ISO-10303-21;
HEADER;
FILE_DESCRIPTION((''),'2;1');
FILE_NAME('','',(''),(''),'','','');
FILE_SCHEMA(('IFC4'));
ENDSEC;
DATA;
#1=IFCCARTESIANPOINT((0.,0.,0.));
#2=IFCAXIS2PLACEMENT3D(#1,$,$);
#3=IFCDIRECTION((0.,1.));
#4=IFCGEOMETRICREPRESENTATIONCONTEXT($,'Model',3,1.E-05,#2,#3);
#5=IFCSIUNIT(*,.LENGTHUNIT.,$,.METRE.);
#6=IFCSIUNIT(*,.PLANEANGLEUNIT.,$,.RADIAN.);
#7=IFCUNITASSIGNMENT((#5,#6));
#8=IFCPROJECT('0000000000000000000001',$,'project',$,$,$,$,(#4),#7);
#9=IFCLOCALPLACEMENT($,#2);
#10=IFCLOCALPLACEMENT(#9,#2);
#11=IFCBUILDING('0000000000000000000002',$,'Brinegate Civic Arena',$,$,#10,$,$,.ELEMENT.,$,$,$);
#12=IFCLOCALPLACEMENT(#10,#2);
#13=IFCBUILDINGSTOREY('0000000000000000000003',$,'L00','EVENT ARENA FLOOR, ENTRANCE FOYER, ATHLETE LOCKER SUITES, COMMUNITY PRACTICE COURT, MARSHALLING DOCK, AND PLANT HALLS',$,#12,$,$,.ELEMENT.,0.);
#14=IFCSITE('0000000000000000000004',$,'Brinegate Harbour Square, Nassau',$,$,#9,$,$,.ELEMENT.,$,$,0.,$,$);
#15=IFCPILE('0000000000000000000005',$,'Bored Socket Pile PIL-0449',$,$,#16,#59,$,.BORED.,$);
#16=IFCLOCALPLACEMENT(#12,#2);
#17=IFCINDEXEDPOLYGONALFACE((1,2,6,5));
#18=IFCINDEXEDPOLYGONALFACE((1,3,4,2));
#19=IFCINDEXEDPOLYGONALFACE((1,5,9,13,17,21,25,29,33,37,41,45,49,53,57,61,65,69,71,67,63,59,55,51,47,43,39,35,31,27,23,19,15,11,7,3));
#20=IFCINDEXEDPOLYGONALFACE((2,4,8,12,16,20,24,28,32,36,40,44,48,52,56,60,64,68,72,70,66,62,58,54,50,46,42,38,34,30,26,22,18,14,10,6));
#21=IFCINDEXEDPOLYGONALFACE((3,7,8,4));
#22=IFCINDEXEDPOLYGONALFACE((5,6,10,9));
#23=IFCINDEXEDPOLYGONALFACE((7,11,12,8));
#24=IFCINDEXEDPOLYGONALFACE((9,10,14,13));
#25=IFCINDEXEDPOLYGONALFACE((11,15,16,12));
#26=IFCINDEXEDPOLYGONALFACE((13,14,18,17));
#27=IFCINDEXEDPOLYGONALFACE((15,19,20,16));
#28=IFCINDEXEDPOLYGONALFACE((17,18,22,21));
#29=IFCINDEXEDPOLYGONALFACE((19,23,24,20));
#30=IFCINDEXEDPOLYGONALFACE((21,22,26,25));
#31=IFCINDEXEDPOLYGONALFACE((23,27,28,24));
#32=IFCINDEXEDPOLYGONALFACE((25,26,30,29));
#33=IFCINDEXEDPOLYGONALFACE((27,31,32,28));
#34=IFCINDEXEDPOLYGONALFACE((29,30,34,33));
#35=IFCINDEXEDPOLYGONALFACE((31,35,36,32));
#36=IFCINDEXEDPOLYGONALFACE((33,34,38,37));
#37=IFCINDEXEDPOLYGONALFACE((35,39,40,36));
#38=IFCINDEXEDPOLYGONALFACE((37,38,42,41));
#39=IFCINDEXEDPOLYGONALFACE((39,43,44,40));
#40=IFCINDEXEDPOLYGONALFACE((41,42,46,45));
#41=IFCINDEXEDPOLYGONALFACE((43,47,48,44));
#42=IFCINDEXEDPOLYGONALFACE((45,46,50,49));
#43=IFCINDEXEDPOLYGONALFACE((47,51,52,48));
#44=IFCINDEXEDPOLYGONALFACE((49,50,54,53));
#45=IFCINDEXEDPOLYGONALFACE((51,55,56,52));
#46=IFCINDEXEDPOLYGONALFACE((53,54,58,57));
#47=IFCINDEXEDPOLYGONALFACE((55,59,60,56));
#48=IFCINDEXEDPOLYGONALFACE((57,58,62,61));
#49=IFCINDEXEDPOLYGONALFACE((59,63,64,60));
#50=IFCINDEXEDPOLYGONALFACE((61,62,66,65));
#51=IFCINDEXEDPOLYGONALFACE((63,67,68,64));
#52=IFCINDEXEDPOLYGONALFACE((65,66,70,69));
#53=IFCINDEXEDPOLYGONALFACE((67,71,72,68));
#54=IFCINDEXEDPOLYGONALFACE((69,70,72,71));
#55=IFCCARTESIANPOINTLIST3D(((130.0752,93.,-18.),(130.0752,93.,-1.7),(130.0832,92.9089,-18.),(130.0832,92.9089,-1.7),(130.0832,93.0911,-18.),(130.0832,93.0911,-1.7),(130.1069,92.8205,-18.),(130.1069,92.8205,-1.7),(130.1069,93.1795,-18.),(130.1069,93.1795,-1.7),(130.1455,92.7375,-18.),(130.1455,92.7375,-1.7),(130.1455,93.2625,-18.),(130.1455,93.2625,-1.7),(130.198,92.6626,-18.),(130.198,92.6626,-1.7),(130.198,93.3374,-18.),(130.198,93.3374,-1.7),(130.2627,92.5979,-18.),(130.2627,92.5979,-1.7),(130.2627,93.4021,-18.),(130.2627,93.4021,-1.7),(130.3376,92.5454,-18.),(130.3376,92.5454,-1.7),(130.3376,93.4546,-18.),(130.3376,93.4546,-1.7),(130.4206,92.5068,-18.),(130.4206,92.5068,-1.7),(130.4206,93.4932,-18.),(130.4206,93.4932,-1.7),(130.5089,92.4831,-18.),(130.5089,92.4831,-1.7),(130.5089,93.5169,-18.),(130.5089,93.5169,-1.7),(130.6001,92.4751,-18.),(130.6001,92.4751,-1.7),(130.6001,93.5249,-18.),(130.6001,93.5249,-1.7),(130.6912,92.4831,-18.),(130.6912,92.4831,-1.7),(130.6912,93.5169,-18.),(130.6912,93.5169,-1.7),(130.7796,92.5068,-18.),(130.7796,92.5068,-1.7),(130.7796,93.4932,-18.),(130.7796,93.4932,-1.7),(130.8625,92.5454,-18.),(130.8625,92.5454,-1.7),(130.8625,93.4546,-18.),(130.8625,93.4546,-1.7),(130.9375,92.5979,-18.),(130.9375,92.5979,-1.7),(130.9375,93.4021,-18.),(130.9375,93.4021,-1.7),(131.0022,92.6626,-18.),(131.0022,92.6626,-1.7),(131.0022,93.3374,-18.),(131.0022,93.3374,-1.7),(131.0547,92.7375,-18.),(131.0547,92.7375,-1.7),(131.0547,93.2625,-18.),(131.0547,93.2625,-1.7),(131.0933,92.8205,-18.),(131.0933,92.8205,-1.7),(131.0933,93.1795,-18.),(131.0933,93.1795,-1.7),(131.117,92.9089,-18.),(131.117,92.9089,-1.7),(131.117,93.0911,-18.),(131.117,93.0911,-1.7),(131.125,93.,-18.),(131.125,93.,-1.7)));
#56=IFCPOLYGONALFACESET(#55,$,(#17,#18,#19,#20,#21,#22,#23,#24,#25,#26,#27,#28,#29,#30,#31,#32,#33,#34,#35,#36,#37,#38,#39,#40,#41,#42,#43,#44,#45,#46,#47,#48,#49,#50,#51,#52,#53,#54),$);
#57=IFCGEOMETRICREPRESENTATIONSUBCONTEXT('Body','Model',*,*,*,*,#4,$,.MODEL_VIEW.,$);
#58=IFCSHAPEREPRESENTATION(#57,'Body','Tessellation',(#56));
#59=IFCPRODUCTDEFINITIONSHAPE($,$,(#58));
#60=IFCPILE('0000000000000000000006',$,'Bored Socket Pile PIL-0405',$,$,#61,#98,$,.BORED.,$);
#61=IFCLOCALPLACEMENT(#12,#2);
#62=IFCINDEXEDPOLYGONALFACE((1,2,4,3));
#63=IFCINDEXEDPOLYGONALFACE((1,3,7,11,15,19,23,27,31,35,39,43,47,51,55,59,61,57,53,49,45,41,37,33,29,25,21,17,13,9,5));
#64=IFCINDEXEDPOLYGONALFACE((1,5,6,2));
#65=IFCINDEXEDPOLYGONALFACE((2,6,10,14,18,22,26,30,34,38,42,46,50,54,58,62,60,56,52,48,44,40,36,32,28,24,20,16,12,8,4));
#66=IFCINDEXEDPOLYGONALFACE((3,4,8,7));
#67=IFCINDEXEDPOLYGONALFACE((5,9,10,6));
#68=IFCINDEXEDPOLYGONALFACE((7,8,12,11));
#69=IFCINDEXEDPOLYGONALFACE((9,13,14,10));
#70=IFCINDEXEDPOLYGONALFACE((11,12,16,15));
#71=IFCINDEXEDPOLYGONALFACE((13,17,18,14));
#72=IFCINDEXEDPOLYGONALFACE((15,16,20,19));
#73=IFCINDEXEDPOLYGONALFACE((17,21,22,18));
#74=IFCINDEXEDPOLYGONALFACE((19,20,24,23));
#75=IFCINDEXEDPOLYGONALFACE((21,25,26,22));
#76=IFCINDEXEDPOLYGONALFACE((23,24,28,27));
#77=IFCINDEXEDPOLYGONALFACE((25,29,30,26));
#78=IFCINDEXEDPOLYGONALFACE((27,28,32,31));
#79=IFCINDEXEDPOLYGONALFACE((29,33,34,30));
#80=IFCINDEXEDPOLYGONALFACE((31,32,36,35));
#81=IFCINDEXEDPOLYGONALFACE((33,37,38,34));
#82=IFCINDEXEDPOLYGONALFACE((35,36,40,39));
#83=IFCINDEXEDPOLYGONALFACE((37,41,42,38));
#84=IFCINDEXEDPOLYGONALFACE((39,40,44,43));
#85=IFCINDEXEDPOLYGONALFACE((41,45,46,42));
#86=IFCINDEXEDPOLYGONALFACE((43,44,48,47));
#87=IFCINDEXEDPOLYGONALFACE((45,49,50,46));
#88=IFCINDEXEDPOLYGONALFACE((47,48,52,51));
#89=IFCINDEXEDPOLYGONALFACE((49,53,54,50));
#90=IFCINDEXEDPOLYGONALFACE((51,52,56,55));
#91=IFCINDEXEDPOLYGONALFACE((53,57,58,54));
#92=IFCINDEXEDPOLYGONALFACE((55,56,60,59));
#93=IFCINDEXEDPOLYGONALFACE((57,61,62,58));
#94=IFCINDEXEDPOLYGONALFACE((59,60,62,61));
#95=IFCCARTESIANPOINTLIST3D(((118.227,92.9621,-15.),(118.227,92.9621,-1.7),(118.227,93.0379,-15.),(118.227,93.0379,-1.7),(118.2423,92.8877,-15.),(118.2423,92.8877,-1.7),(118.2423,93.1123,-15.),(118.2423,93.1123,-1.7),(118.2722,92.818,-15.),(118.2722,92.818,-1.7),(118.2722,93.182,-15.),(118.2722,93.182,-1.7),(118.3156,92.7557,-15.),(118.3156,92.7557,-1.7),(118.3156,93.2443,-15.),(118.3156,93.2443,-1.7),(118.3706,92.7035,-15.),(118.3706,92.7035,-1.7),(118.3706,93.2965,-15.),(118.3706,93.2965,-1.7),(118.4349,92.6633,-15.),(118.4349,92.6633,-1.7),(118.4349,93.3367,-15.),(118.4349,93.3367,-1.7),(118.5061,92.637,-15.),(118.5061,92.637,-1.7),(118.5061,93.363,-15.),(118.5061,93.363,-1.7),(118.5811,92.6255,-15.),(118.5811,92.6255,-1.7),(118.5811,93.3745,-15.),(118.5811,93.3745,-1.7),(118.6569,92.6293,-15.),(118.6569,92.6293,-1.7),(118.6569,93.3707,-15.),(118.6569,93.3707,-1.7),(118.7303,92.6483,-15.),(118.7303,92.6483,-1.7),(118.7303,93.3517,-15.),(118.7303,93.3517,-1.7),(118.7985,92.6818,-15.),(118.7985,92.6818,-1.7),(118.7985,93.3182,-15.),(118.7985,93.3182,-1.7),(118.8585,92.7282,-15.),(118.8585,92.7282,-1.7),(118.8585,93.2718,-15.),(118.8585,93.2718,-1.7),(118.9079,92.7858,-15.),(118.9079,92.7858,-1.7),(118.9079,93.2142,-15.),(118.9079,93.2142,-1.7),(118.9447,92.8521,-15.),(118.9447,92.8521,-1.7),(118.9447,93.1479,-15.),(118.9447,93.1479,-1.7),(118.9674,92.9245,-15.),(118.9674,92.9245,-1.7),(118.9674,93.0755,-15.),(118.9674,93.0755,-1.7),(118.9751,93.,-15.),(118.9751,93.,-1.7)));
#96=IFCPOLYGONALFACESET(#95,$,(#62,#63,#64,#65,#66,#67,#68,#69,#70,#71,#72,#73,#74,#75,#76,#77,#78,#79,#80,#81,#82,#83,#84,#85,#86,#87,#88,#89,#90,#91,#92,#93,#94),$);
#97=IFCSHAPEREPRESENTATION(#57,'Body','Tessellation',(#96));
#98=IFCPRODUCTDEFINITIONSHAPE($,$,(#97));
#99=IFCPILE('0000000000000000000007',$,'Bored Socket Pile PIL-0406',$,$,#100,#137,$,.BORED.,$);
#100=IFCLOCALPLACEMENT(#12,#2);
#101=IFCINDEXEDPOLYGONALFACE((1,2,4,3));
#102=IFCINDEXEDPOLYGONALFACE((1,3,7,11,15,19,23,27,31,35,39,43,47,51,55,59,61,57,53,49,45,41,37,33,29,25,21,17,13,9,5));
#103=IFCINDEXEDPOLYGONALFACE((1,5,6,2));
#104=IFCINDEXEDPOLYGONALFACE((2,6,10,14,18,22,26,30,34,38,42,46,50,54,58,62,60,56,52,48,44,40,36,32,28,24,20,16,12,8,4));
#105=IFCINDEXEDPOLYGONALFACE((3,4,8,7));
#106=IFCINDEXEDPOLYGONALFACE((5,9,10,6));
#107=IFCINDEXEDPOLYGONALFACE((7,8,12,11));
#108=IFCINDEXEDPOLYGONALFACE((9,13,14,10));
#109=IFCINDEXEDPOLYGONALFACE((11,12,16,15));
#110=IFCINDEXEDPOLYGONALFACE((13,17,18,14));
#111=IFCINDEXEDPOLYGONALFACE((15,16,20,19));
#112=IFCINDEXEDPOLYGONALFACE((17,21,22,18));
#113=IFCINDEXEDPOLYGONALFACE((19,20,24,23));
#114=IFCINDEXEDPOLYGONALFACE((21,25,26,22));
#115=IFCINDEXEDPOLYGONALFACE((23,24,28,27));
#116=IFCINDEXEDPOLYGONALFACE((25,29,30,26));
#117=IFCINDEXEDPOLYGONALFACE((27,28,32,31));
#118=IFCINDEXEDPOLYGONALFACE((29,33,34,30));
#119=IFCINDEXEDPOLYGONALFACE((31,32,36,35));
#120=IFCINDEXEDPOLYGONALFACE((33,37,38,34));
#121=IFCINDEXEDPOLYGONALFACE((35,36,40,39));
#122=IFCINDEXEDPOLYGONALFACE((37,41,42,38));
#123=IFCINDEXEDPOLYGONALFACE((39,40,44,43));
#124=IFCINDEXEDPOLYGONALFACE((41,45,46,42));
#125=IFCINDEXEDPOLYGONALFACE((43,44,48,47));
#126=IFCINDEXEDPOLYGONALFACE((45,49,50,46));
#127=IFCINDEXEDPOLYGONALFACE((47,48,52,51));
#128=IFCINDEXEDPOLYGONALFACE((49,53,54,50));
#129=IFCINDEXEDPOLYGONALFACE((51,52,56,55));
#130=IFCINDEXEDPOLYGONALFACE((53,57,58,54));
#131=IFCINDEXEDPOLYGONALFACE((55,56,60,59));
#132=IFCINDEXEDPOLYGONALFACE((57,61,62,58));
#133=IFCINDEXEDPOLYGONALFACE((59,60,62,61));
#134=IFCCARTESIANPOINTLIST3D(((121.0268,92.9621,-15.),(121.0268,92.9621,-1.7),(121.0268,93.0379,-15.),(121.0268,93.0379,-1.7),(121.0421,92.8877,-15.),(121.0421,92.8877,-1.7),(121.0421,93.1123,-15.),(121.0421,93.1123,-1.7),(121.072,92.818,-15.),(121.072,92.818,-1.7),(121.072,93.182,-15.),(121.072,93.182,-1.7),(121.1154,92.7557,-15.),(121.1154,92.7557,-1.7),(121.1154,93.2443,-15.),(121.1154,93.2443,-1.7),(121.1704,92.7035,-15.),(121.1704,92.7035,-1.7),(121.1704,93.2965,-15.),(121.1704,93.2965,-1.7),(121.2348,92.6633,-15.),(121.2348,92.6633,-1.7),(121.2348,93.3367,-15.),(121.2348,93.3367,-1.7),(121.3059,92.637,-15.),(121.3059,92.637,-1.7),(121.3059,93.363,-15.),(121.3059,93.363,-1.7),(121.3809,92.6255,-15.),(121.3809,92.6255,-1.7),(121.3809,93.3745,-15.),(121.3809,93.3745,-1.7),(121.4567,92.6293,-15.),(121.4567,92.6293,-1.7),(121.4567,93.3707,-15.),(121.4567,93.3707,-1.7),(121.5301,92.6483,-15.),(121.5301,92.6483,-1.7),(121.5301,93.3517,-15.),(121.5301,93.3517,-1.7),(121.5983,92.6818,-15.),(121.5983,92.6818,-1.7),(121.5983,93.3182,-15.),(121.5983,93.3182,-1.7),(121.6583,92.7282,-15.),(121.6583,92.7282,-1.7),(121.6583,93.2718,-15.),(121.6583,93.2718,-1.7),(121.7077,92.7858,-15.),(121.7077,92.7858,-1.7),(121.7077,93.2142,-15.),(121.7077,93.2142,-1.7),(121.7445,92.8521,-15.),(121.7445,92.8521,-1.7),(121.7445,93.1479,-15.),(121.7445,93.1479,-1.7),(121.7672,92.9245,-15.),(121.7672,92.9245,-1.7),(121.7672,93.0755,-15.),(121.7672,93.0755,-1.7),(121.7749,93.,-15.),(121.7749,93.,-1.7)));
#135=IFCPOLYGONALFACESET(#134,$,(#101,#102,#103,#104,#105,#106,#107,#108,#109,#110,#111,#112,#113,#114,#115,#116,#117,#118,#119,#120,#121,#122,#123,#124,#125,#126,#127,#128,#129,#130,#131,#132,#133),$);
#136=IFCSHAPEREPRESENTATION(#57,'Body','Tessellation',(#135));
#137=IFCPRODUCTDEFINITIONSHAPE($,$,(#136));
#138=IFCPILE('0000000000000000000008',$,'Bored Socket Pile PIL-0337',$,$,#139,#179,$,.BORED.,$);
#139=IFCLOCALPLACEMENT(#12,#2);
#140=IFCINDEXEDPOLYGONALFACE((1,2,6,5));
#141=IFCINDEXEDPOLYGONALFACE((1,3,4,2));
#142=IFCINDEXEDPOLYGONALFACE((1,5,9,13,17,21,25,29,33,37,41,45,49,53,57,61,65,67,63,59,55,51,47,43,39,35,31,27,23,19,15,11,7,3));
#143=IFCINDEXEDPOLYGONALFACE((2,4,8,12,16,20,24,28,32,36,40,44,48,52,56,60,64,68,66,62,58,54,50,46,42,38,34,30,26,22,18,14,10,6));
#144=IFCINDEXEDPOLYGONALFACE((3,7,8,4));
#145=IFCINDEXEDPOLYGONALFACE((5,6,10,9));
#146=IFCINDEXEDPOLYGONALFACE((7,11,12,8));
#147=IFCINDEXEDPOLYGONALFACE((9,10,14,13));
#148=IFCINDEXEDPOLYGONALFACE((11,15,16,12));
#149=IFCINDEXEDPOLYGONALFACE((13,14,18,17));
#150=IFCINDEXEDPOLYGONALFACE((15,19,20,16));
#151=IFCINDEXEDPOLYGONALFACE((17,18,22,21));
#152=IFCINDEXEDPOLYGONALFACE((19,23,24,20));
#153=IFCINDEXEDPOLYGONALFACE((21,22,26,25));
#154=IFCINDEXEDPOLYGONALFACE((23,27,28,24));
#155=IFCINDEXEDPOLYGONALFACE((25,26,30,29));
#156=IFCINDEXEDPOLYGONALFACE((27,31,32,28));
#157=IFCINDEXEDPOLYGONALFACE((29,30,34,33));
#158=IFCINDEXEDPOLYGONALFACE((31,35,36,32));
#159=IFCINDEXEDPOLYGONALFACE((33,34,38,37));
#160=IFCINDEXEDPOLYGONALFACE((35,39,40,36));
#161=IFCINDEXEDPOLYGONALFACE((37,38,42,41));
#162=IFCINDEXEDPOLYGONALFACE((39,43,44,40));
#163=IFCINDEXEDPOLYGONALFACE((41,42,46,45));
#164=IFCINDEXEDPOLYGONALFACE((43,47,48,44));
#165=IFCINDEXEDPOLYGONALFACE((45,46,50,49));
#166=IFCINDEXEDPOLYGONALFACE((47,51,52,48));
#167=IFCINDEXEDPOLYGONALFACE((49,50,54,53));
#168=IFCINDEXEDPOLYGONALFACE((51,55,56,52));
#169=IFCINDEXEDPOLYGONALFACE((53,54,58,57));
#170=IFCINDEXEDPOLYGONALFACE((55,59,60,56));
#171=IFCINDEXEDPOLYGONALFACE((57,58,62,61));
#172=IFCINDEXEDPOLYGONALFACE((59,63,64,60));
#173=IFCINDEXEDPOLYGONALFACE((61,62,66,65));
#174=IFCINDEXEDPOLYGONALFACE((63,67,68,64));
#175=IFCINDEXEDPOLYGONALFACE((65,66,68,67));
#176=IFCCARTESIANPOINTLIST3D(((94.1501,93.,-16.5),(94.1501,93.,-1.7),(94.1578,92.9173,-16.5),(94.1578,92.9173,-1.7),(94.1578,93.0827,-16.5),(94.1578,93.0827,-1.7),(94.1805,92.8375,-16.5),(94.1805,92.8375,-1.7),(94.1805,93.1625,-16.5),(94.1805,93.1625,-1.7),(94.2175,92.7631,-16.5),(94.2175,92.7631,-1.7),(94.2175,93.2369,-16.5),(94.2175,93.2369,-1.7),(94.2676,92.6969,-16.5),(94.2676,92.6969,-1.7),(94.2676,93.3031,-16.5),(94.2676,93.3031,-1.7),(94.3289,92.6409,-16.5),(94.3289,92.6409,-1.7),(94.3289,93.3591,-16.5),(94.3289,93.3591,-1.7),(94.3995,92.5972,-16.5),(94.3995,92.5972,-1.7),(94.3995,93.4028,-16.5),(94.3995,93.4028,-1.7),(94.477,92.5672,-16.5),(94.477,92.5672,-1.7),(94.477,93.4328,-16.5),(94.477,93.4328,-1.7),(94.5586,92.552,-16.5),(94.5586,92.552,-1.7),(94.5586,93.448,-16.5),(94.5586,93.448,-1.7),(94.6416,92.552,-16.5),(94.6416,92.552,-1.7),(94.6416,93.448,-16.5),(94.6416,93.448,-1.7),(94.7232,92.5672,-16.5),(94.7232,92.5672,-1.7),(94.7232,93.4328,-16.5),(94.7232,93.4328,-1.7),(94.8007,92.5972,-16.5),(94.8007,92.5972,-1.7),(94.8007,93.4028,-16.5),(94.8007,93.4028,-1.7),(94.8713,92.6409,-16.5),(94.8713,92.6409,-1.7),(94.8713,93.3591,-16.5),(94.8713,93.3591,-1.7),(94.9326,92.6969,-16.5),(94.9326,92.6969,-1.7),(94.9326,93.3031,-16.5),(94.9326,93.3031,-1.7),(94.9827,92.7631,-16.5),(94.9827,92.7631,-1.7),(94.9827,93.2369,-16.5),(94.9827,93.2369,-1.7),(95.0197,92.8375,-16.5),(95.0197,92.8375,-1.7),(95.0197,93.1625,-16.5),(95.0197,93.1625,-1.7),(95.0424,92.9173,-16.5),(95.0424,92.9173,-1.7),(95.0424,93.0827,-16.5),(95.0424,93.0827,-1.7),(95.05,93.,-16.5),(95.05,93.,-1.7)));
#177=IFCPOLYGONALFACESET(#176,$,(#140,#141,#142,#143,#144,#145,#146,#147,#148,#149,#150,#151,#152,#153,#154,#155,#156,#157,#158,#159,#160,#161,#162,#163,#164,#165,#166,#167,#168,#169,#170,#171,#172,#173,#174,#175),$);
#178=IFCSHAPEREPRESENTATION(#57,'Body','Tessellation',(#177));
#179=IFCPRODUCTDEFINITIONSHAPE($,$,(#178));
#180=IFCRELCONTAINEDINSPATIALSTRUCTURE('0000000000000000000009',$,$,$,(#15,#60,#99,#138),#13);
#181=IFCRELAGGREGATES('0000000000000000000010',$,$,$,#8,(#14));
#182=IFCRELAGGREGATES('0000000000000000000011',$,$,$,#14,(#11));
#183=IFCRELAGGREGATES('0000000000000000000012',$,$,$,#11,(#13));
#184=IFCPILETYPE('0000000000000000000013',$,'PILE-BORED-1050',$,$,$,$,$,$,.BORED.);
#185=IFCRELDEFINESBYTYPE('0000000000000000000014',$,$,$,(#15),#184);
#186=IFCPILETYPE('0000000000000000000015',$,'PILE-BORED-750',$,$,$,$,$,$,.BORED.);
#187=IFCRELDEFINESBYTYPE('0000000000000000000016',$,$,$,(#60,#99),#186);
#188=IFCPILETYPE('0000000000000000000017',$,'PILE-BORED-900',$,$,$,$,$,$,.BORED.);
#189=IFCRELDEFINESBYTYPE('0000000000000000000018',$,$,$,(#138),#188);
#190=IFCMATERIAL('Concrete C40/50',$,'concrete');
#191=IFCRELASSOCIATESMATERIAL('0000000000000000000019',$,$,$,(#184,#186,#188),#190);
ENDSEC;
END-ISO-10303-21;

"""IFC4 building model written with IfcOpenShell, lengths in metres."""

from ifc_helpers import new_model, si_unit, direction, frame, origin, origin_2d, place, context, subcontext, project, spatial, circle, extrude, material, material_profile, profile_set, type_object, element, save


model = new_model("IFC4")

# Units and contexts
model_context = context("Model", 3, precision=1e-05, world=origin(), true_north=direction((0.0, 1.0)))
body_context = subcontext(model_context, "Body", "Model", "MODEL_VIEW")
ifc_project = project(units=[si_unit("LENGTHUNIT", "METRE"), si_unit("PLANEANGLEUNIT", "RADIAN")], contexts=[model_context])

# Site, building, storey
site_placement = place(None, origin())
site = spatial("IfcSite", under=ifc_project, at=site_placement, Name="Brinegate Harbour Square, Nassau", CompositionType="ELEMENT", RefElevation=0.0)
building_placement = place(site_placement, origin())
building = spatial("IfcBuilding", under=site, at=building_placement, Name="Brinegate Civic Arena", CompositionType="ELEMENT")
storey_placement = place(building_placement, origin())
storey = spatial("IfcBuildingStorey", under=building, at=storey_placement, Name="L00", Description="EVENT ARENA FLOOR, ENTRANCE FOYER, ATHLETE LOCKER SUITES, COMMUNITY PRACTICE COURT, MARSHALLING DOCK, AND PLANT HALLS", CompositionType="ELEMENT", Elevation=0.0)

# Shared definitions
ifc_material_1 = material(Name="Concrete C40/50", Category="concrete")

# Piles
ifc_material_profile_1 = material_profile(ifc_material_1, circle(Radius=0.5249, at=origin_2d()), Name="PILED1050")
ifc_profile_set_1 = profile_set([ifc_material_profile_1], Name="Concrete C40/50")
pile_type_1 = type_object("IfcPileType", Name="PILE-BORED-1050", PredefinedType="BORED", material=ifc_profile_set_1)
for number, where, z_axis, x_axis, name in (
    (1, (130.6001, 93.0, -1.7), (0.0, 0.0, -1.0), (1.0, 0.0, 0.0), "Bored Socket Pile PIL-0449"),
):
    element("IfcPile", number, at=place(storey_placement, frame(where, z_axis=z_axis, x_axis=x_axis)), inside=storey, type_object=pile_type_1, Name=name, PredefinedType="BORED", context=body_context, shape_type="SweptSolid", body=[
        extrude(circle(Radius=0.5249, at=origin_2d()), origin(), (0.0, 0.0, 1.0), 16.3),
    ])
ifc_material_profile_2 = material_profile(ifc_material_1, circle(Radius=0.375, at=origin_2d()), Name="PILED750")
ifc_profile_set_2 = profile_set([ifc_material_profile_2], Name="Concrete C40/50")
pile_type_2 = type_object("IfcPileType", Name="PILE-BORED-750", PredefinedType="BORED", material=ifc_profile_set_2)
for number, where, z_axis, x_axis, name in (
    (2, (118.6001, 93.0, -1.7), (0.0, 0.0, -1.0), (1.0, 0.0, 0.0), "Bored Socket Pile PIL-0405"),
    (3, (121.3999, 93.0, -1.7), (0.0, 0.0, -1.0), (1.0, 0.0, 0.0), "Bored Socket Pile PIL-0406"),
):
    element("IfcPile", number, at=place(storey_placement, frame(where, z_axis=z_axis, x_axis=x_axis)), inside=storey, type_object=pile_type_2, Name=name, PredefinedType="BORED", context=body_context, shape_type="SweptSolid", body=[
        extrude(circle(Radius=0.375, at=origin_2d()), origin(), (0.0, 0.0, 1.0), 13.3),
    ])
ifc_material_profile_3 = material_profile(ifc_material_1, circle(Radius=0.45, at=origin_2d()), Name="PILED900")
ifc_profile_set_3 = profile_set([ifc_material_profile_3], Name="Concrete C40/50")
pile_type_3 = type_object("IfcPileType", Name="PILE-BORED-900", PredefinedType="BORED", material=ifc_profile_set_3)
for number, where, z_axis, x_axis, name in (
    (4, (94.6001, 93.0, -1.7), (0.0, 0.0, -1.0), (1.0, 0.0, 0.0), "Bored Socket Pile PIL-0337"),
):
    element("IfcPile", number, at=place(storey_placement, frame(where, z_axis=z_axis, x_axis=x_axis)), inside=storey, type_object=pile_type_3, Name=name, PredefinedType="BORED", context=body_context, shape_type="SweptSolid", body=[
        extrude(circle(Radius=0.45, at=origin_2d()), origin(), (0.0, 0.0, 1.0), 14.8),
    ])

save(model, "model.ifc")
